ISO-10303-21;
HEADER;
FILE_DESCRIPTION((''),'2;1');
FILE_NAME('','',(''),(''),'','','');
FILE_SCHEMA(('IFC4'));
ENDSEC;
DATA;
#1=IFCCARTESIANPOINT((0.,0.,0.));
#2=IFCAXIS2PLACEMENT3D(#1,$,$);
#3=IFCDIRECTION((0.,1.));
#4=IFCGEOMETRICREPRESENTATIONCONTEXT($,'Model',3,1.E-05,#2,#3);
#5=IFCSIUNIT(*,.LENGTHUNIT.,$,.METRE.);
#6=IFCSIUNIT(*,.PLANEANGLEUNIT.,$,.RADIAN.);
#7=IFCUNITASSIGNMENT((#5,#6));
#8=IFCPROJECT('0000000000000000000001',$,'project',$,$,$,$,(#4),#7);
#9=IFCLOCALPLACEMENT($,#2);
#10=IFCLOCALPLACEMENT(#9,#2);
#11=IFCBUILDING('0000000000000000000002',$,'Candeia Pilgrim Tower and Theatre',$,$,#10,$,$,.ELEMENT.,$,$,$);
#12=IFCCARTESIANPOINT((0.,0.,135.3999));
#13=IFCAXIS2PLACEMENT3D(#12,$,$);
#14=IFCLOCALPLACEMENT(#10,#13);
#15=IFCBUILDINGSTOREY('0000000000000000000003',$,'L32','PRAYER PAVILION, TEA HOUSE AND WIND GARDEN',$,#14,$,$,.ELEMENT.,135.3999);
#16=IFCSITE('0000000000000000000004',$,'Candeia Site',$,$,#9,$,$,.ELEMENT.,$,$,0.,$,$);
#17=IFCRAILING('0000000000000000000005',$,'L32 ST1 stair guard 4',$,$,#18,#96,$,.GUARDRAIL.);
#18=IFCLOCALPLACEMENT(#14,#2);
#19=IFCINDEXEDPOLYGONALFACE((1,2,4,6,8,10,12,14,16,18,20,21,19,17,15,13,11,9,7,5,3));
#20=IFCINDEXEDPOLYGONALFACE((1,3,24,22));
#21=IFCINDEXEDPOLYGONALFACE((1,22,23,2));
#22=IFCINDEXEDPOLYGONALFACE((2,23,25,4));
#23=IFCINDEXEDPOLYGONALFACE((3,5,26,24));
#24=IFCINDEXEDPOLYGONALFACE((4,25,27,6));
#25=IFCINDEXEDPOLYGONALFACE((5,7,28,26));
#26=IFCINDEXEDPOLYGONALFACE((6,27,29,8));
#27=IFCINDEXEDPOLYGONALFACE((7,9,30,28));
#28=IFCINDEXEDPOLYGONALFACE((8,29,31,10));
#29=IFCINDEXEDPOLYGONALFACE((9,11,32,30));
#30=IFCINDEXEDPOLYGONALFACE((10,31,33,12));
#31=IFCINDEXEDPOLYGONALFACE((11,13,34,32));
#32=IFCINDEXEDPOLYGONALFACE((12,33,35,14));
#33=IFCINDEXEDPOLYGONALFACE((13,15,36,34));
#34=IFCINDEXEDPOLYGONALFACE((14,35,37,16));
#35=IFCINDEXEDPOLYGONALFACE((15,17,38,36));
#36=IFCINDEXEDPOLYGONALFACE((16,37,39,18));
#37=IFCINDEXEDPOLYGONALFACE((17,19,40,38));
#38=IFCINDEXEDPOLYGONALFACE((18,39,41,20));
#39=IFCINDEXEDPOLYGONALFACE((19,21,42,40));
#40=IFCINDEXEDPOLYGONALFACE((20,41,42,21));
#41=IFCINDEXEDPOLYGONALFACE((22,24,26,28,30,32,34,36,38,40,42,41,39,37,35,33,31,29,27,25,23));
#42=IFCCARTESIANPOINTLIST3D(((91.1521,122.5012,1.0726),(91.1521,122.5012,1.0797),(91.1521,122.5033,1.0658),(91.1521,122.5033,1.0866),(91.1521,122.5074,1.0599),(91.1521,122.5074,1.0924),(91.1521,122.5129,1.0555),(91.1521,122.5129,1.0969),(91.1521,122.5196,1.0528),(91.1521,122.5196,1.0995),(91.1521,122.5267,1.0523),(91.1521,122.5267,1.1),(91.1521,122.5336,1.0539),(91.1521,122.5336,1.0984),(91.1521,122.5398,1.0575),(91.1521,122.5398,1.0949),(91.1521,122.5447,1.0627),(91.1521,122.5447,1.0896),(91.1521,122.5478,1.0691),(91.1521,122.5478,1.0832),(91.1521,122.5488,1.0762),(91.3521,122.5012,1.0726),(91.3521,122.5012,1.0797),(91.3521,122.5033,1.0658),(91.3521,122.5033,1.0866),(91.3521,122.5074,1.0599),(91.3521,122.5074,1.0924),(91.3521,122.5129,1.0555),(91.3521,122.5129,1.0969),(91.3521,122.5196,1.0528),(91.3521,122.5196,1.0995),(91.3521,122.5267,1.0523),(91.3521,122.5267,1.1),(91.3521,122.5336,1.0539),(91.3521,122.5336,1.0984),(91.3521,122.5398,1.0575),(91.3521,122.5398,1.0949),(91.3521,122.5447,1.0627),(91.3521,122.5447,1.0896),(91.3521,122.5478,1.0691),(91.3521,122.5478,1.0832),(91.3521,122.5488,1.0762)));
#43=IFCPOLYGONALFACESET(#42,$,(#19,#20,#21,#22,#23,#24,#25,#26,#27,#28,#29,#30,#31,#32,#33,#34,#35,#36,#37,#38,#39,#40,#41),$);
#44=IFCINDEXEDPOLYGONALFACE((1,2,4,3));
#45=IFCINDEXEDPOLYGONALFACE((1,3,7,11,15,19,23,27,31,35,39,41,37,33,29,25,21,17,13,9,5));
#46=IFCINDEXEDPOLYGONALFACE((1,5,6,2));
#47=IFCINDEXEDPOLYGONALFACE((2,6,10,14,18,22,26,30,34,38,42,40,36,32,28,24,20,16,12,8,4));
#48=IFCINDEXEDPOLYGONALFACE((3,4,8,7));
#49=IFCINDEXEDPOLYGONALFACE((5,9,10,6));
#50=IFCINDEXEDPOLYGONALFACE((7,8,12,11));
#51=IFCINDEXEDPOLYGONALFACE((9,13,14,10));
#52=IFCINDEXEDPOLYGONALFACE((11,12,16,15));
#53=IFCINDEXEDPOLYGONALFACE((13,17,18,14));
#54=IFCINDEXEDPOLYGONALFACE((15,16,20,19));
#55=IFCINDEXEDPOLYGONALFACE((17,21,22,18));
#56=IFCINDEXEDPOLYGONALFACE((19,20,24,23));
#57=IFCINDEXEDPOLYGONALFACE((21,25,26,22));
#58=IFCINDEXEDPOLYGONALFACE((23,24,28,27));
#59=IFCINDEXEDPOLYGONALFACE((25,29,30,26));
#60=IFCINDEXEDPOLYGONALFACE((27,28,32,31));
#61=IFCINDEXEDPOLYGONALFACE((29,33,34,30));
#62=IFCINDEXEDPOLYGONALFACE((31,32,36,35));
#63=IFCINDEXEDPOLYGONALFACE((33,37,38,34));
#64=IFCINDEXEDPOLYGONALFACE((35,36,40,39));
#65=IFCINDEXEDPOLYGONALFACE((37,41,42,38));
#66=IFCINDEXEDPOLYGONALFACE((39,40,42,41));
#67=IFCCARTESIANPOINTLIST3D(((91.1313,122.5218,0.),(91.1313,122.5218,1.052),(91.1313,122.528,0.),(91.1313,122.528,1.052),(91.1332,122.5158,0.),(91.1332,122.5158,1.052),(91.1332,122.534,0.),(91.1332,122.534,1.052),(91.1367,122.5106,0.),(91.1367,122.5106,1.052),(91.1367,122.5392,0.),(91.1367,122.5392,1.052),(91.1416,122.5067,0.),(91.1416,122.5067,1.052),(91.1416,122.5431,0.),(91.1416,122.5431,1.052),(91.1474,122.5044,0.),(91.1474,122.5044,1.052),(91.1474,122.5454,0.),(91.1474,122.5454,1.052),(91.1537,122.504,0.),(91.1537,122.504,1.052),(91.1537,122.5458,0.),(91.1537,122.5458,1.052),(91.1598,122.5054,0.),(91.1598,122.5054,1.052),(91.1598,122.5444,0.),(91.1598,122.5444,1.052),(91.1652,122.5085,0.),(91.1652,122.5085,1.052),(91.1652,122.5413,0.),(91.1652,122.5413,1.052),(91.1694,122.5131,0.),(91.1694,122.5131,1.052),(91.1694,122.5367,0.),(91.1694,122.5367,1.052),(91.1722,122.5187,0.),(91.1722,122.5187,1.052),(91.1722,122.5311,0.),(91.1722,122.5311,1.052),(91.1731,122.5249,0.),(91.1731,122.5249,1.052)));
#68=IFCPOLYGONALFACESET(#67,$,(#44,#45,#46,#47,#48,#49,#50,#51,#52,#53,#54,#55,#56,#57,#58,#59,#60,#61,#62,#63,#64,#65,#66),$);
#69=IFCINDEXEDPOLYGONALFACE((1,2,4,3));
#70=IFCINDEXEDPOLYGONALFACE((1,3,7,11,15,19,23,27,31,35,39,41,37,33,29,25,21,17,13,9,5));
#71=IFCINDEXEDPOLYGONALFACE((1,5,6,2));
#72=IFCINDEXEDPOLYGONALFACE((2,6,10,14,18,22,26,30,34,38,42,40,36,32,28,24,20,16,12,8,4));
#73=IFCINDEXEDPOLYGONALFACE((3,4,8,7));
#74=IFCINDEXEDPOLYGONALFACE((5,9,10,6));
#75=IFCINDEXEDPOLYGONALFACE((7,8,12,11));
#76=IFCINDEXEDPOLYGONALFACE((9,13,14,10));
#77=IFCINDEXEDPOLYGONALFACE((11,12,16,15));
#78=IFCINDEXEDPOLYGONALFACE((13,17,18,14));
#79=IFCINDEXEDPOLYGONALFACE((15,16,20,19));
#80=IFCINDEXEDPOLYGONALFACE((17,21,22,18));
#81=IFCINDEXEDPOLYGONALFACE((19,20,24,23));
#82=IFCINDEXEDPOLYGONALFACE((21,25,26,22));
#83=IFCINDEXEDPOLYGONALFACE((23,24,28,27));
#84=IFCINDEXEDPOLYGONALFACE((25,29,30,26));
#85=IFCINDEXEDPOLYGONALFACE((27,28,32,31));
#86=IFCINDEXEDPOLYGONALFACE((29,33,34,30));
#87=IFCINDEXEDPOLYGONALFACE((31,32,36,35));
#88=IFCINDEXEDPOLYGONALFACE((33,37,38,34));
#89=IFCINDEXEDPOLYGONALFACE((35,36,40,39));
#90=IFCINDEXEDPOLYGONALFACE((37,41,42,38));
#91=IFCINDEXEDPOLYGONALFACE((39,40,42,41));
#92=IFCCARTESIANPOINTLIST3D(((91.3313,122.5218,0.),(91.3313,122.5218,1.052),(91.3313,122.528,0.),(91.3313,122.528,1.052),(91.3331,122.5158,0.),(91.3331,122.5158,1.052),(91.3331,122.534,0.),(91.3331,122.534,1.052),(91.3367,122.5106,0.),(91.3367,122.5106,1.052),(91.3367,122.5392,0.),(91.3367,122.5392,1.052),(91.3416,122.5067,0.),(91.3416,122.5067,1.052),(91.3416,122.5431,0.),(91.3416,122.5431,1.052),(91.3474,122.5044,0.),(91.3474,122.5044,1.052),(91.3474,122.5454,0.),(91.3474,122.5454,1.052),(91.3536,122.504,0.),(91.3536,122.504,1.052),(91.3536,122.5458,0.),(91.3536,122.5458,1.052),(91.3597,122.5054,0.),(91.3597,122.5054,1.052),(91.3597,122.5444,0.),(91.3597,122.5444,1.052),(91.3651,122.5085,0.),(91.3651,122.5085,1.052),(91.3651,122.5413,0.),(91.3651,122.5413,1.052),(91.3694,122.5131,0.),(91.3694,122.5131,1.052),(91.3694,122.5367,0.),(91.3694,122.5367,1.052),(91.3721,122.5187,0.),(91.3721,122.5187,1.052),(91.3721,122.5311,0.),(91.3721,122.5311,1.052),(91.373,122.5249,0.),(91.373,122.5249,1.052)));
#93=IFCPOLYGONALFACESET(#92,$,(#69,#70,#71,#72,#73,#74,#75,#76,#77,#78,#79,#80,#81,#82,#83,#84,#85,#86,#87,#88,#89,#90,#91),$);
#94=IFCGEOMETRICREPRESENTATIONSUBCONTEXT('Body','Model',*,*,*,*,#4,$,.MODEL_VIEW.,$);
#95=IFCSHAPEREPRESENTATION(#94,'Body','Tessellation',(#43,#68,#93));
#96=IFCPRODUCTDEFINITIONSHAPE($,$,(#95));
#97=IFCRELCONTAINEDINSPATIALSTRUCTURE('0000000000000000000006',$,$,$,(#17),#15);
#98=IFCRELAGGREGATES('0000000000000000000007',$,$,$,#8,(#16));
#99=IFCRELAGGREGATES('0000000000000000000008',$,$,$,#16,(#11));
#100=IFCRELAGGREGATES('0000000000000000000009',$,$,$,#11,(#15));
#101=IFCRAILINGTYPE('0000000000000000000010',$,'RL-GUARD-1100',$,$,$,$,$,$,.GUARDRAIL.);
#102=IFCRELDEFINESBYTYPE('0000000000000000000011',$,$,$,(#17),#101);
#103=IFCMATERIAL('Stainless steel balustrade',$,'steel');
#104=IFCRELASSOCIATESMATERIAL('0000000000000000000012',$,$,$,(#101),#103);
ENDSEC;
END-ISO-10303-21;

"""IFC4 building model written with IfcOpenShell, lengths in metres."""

from ifc_helpers import new_model, si_unit, direction, frame, origin, origin_2d, place, context, subcontext, project, spatial, circle, extrude, material, type_object, element, save


model = new_model("IFC4")

# Units and contexts
model_context = context("Model", 3, precision=1e-05, world=origin(), true_north=direction((0.0, 1.0)))
body_context = subcontext(model_context, "Body", "Model", "MODEL_VIEW")
ifc_project = project(units=[si_unit("LENGTHUNIT", "METRE"), si_unit("PLANEANGLEUNIT", "RADIAN")], contexts=[model_context])

# Site, building, storey
site_placement = place(None, origin())
site = spatial("IfcSite", under=ifc_project, at=site_placement, Name="Candeia Site", CompositionType="ELEMENT", RefElevation=0.0)
building_placement = place(site_placement, origin())
building = spatial("IfcBuilding", under=site, at=building_placement, Name="Candeia Pilgrim Tower and Theatre", CompositionType="ELEMENT")
storey_placement = place(building_placement, frame((0.0, 0.0, 135.3999)))
storey = spatial("IfcBuildingStorey", under=building, at=storey_placement, Name="L32", Description="PRAYER PAVILION, TEA HOUSE AND WIND GARDEN", CompositionType="ELEMENT", Elevation=135.3999)

# Railing
ifc_material_1 = material(Name="Stainless steel balustrade", Category="steel")
railing_type_1 = type_object("IfcRailingType", Name="RL-GUARD-1100", PredefinedType="GUARDRAIL", material=ifc_material_1)
railing_1_placement = place(storey_placement, frame((91.1521, 122.5249, 0.0)))
element("IfcRailing", 1, at=railing_1_placement, inside=storey, type_object=railing_type_1, Name="L32 ST1 stair guard 4", PredefinedType="GUARDRAIL", context=body_context, shape_type="SweptSolid", body=[
    extrude(circle(Radius=0.0239, at=origin_2d()), frame((0.0, 0.0, 1.0762), z_axis=(1.0, 0.0, 0.0), x_axis=(0.0, 1.0, 0.0)), (0.0, 0.0, 1.0), 0.2),
    extrude(circle(Radius=0.021, at=origin_2d()), origin(), (0.0, 0.0, 1.0), 1.052),
    extrude(circle(Radius=0.021, at=origin_2d()), frame((0.2, 0.0, 0.0)), (0.0, 0.0, 1.0), 1.052),
])

save(model, "model.ifc")
